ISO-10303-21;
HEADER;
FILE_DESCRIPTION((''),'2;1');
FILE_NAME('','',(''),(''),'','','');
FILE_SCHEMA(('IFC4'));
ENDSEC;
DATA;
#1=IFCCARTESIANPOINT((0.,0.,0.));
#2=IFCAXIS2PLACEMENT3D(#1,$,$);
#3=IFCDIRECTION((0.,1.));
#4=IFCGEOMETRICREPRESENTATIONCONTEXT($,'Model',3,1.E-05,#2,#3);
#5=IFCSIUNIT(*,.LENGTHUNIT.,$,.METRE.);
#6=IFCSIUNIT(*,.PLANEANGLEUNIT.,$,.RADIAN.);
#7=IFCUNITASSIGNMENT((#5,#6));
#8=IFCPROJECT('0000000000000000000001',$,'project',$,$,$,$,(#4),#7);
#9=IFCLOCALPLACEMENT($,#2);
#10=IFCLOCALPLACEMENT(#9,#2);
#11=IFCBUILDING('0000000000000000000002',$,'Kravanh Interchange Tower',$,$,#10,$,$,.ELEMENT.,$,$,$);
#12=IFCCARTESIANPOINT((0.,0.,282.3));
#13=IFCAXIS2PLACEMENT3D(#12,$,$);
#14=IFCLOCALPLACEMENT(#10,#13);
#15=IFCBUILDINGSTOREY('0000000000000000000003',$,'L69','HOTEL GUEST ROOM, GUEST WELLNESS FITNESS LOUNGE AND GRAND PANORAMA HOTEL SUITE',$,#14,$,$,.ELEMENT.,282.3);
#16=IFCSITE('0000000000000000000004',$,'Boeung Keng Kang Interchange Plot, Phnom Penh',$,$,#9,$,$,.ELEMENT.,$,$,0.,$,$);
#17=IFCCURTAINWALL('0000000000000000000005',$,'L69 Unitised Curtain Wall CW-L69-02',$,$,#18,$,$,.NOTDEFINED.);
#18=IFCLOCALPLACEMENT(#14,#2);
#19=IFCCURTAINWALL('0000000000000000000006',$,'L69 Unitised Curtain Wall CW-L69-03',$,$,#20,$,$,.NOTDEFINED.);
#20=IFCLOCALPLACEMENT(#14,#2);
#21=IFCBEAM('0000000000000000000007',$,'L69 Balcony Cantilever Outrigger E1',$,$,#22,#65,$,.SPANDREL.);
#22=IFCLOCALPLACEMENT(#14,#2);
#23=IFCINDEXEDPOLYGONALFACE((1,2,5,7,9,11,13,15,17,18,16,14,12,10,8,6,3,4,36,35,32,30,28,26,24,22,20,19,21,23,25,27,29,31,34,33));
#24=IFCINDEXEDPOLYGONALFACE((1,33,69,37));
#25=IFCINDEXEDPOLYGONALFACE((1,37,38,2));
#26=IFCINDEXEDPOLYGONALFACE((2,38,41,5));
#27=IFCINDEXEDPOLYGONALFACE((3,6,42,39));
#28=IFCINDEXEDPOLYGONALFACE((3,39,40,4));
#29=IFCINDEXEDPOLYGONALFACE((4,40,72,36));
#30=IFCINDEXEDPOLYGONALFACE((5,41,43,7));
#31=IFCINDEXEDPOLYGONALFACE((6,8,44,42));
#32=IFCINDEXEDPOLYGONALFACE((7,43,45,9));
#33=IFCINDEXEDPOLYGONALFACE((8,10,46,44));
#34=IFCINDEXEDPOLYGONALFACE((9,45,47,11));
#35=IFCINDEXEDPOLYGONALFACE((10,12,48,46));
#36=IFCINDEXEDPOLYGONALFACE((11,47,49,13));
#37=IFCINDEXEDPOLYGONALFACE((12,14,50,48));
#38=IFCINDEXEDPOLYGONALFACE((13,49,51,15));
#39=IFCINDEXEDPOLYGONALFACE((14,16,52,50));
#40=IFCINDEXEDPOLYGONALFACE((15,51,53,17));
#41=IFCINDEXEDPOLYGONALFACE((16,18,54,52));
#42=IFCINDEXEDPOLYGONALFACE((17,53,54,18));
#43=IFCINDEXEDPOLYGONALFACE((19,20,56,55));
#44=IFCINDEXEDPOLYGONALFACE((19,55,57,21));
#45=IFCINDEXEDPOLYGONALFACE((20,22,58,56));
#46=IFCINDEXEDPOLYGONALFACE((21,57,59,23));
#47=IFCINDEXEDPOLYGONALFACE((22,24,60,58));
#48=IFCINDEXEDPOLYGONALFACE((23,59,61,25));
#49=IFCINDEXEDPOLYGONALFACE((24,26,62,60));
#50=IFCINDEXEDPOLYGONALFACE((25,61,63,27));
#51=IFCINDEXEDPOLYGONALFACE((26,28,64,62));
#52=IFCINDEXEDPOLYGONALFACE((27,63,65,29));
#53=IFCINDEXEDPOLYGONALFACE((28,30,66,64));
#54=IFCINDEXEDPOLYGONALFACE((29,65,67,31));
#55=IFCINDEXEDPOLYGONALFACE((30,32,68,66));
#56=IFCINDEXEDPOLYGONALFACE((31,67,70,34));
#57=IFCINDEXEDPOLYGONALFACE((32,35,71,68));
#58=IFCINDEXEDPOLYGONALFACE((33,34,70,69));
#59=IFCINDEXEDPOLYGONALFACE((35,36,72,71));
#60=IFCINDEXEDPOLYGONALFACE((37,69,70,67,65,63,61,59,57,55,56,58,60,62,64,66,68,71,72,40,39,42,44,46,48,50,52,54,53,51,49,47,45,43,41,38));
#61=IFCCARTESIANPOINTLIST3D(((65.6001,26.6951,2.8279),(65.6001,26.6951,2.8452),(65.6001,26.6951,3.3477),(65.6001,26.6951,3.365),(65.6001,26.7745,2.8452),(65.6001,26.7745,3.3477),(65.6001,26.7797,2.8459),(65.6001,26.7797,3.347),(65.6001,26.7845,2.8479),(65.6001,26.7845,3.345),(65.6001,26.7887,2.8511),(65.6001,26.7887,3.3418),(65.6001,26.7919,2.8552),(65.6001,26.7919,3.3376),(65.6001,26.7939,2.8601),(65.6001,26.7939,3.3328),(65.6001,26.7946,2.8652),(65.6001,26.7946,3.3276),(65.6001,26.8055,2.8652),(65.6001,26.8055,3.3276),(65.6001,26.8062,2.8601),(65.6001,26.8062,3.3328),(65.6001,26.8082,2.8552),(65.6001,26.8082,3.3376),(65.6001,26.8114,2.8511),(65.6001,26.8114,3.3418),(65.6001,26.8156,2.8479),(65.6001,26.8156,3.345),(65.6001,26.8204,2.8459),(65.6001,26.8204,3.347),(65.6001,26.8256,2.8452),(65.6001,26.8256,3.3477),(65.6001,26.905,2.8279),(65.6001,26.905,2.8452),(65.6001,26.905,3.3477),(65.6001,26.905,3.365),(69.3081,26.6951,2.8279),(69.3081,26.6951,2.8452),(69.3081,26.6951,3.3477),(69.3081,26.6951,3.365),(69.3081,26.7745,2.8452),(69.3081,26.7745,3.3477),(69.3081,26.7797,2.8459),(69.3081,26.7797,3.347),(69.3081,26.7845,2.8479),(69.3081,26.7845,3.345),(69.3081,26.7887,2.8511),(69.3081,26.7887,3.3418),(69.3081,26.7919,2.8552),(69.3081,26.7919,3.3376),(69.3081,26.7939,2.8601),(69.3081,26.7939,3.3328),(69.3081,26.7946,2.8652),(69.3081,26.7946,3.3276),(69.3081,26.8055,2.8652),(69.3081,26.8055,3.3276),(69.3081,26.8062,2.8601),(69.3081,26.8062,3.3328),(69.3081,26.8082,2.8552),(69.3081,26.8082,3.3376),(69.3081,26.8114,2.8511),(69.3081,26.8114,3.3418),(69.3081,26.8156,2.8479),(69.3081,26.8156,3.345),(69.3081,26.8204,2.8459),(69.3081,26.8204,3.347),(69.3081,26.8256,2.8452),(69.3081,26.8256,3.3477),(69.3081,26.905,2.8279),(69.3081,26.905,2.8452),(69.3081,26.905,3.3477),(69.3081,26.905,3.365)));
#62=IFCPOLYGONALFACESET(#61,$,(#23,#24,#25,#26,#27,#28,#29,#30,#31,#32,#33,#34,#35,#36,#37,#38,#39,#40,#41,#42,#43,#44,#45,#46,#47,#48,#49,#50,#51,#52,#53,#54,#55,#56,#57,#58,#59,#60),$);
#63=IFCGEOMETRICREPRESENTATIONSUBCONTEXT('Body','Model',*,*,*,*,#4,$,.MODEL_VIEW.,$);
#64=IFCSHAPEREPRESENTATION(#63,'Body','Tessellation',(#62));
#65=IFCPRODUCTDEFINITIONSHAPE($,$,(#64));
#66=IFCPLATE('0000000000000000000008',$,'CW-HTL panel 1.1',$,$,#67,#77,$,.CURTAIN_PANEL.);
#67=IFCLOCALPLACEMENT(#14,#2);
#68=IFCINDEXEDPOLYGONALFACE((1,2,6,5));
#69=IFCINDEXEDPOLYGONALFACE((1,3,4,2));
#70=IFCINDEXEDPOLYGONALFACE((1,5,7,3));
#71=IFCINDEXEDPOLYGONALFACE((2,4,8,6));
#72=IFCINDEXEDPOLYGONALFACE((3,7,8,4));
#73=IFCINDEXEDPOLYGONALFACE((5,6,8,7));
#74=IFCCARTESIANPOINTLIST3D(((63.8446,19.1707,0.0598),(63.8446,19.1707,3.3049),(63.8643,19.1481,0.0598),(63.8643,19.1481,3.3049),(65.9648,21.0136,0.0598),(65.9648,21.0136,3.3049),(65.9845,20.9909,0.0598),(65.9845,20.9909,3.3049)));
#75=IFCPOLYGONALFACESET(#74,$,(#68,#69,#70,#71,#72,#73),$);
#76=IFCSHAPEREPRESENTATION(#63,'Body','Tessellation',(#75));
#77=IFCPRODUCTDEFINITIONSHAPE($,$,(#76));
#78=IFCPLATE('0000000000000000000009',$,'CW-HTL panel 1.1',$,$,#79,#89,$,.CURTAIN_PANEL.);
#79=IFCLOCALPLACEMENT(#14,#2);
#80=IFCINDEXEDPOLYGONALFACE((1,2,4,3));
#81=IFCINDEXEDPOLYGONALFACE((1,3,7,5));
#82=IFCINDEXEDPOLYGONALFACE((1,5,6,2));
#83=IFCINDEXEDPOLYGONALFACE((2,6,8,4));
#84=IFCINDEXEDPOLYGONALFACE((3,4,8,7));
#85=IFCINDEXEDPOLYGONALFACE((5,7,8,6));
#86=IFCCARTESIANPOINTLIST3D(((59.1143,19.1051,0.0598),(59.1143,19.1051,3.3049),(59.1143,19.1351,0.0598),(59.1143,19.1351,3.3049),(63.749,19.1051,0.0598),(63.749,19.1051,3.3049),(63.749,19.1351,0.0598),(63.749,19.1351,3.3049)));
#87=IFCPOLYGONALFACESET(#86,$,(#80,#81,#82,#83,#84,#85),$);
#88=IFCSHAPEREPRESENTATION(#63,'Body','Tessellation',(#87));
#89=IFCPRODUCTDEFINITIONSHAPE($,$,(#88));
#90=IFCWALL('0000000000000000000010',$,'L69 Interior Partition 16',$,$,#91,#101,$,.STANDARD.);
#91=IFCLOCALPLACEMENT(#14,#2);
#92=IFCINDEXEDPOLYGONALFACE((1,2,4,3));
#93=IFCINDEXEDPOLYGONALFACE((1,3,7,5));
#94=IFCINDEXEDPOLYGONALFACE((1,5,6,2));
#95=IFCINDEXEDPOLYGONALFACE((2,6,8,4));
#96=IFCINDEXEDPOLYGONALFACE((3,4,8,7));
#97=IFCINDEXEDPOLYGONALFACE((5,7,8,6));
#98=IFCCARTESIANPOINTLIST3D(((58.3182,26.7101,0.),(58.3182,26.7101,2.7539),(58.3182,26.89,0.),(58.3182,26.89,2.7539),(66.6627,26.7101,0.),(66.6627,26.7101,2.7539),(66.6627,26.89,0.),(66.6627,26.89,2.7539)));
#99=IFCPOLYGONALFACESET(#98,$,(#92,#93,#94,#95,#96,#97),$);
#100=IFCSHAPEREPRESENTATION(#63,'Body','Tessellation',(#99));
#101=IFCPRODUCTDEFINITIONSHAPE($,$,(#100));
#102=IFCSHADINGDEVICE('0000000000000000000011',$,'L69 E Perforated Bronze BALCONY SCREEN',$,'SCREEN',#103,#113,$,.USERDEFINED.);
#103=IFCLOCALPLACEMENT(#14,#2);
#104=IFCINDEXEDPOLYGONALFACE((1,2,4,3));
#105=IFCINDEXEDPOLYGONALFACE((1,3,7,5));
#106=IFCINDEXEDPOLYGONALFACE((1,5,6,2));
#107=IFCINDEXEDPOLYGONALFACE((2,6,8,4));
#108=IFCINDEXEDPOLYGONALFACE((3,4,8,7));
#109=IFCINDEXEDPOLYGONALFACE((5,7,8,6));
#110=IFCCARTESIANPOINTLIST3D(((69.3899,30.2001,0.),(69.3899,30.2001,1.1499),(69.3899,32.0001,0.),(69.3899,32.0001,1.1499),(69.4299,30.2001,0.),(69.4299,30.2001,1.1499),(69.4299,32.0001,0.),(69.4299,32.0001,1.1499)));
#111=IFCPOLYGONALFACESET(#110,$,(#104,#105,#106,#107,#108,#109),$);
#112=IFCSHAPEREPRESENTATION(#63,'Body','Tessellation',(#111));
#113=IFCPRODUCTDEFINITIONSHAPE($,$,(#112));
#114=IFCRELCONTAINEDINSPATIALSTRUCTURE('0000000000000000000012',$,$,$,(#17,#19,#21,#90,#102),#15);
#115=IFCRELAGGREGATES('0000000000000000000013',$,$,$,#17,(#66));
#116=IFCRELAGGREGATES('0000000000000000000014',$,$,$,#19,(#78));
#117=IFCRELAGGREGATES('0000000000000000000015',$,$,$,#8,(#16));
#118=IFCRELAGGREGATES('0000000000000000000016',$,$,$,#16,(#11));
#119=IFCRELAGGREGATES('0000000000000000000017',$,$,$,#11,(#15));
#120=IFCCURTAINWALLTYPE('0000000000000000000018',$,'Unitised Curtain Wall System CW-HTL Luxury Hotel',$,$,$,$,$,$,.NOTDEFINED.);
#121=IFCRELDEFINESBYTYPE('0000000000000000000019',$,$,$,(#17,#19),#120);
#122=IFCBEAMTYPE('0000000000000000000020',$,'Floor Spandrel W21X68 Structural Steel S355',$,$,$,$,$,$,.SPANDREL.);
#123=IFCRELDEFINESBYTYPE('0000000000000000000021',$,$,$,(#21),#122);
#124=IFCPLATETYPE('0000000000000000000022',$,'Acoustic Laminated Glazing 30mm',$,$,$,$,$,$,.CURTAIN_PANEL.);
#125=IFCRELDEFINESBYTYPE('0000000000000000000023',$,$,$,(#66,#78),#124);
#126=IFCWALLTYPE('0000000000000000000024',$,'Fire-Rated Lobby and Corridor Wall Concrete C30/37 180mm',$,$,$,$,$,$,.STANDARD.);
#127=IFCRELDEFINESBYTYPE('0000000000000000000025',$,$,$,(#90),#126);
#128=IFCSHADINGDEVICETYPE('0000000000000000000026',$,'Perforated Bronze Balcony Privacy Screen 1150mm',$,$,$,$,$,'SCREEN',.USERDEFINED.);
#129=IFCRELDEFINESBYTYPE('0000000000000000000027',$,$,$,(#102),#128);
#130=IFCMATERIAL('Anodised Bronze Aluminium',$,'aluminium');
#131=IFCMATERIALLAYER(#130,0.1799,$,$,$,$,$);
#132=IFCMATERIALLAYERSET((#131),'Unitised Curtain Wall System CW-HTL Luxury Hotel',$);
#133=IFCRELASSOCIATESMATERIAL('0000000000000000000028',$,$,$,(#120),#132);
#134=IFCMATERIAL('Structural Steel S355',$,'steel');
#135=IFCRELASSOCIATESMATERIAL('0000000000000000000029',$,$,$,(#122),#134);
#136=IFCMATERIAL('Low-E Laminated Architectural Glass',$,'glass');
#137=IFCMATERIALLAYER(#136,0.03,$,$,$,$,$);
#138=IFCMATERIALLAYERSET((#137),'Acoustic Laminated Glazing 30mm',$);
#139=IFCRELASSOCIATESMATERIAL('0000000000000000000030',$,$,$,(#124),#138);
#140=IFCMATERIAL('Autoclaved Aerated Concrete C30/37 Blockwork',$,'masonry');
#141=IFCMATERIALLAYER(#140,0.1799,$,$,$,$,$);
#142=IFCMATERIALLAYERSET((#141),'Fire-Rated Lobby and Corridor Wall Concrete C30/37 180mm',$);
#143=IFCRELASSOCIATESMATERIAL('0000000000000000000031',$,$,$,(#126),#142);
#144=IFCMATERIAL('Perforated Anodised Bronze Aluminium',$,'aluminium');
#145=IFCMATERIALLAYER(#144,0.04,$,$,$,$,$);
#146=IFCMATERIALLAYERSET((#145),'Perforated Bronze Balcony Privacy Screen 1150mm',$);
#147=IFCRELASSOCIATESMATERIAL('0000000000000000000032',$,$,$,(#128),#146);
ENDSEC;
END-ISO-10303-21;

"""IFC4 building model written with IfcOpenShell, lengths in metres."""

from ifc_helpers import new_model, si_unit, direction, frame, frame_2d, origin, origin_2d, place, context, subcontext, project, spatial, rectangle, i_section, extrude, material, layer, layer_set, material_profile, profile_set, type_object, element, aggregate, save


model = new_model("IFC4")

# Units and contexts
model_context = context("Model", 3, precision=1e-05, world=origin(), true_north=direction((0.0, 1.0)))
body_context = subcontext(model_context, "Body", "Model", "MODEL_VIEW")
ifc_project = project(units=[si_unit("LENGTHUNIT", "METRE"), si_unit("PLANEANGLEUNIT", "RADIAN")], contexts=[model_context])

# Site, building, storey
site_placement = place(None, origin())
site = spatial("IfcSite", under=ifc_project, at=site_placement, Name="Boeung Keng Kang Interchange Plot, Phnom Penh", CompositionType="ELEMENT", RefElevation=0.0)
building_placement = place(site_placement, origin())
building = spatial("IfcBuilding", under=site, at=building_placement, Name="Kravanh Interchange Tower", CompositionType="ELEMENT")
storey_placement = place(building_placement, frame((0.0, 0.0, 282.3)))
storey = spatial("IfcBuildingStorey", under=building, at=storey_placement, Name="L69", Description="HOTEL GUEST ROOM, GUEST WELLNESS FITNESS LOUNGE AND GRAND PANORAMA HOTEL SUITE", CompositionType="ELEMENT", Elevation=282.3)

# Curtain walls
ifc_material_1 = material(Name="Anodised Bronze Aluminium", Category="aluminium")
ifc_layer_1 = layer(ifc_material_1, 0.1799)
ifc_layer_set_1 = layer_set([ifc_layer_1], Name="Unitised Curtain Wall System CW-HTL Luxury Hotel")
curtain_wall_type = type_object("IfcCurtainWallType", Name="Unitised Curtain Wall System CW-HTL Luxury Hotel", PredefinedType="NOTDEFINED", material=ifc_layer_set_1)
curtain_wall_1_placement = place(storey_placement, origin())
curtain_wall_1 = element("IfcCurtainWall", 1, at=curtain_wall_1_placement, inside=storey, type_object=curtain_wall_type, Name="L69 Unitised Curtain Wall CW-L69-02", PredefinedType="NOTDEFINED")
curtain_wall_2_placement = place(storey_placement, origin())
curtain_wall_2 = element("IfcCurtainWall", 2, at=curtain_wall_2_placement, inside=storey, type_object=curtain_wall_type, Name="L69 Unitised Curtain Wall CW-L69-03", PredefinedType="NOTDEFINED")

# Beam
ifc_material_2 = material(Name="Structural Steel S355", Category="steel")
ifc_material_profile_1 = material_profile(ifc_material_2, i_section(OverallWidth=0.21, OverallDepth=0.5371, WebThickness=0.011, FlangeThickness=0.0173, FilletRadius=0.02, at=origin_2d()), Name="W21X68")
ifc_profile_set_1 = profile_set([ifc_material_profile_1], Name="Structural Steel S355")
beam_type_1 = type_object("IfcBeamType", Name="Floor Spandrel W21X68 Structural Steel S355", PredefinedType="SPANDREL", material=ifc_profile_set_1)
beam_1_placement = place(storey_placement, frame((65.6001, 26.8, 3.0964), z_axis=(1.0, 0.0, 0.0), x_axis=(0.0, 1.0, 0.0)))
element("IfcBeam", 3, at=beam_1_placement, inside=storey, type_object=beam_type_1, Name="L69 Balcony Cantilever Outrigger E1", PredefinedType="SPANDREL", context=body_context, shape_type="SweptSolid", body=[
    extrude(i_section(OverallWidth=0.21, OverallDepth=0.5371, WebThickness=0.011, FlangeThickness=0.0173, FilletRadius=0.02, at=origin_2d()), origin(), (0.0, 0.0, 1.0), 3.708),
])

# Plates
ifc_material_3 = material(Name="Low-E Laminated Architectural Glass", Category="glass")
ifc_layer_2 = layer(ifc_material_3, 0.03)
ifc_layer_set_2 = layer_set([ifc_layer_2], Name="Acoustic Laminated Glazing 30mm")
plate_type = type_object("IfcPlateType", Name="Acoustic Laminated Glazing 30mm", PredefinedType="CURTAIN_PANEL", material=ifc_layer_set_2)
plate_1_placement = place(storey_placement, frame((64.9146, 20.0808, 0.0598), z_axis=(0.0, 0.0, 1.0), x_axis=(-0.754732, -0.656033, 0.0)))
plate_1 = element("IfcPlate", 4, at=plate_1_placement, type_object=plate_type, Name="CW-HTL panel 1.1", PredefinedType="CURTAIN_PANEL", context=body_context, shape_type="SweptSolid", body=[
    extrude(rectangle(XDim=2.8091, YDim=0.03, at=origin_2d()), origin(), (0.0, 0.0, 1.0), 3.2451),
])
aggregate(curtain_wall_1, [plate_1])
plate_2_placement = place(storey_placement, frame((61.4316, 19.1201, 0.0598), z_axis=(0.0, 0.0, 1.0), x_axis=(-1.0, 0.0, 0.0)))
plate_2 = element("IfcPlate", 5, at=plate_2_placement, type_object=plate_type, Name="CW-HTL panel 1.1", PredefinedType="CURTAIN_PANEL", context=body_context, shape_type="SweptSolid", body=[
    extrude(rectangle(XDim=4.6348, YDim=0.03, at=origin_2d()), origin(), (0.0, 0.0, 1.0), 3.2451),
])
aggregate(curtain_wall_2, [plate_2])

# Wall
ifc_material_4 = material(Name="Autoclaved Aerated Concrete C30/37 Blockwork", Category="masonry")
ifc_layer_3 = layer(ifc_material_4, 0.1799)
ifc_layer_set_3 = layer_set([ifc_layer_3], Name="Fire-Rated Lobby and Corridor Wall Concrete C30/37 180mm")
wall_type = type_object("IfcWallType", Name="Fire-Rated Lobby and Corridor Wall Concrete C30/37 180mm", PredefinedType="STANDARD", material=ifc_layer_set_3)
wall_placement = place(storey_placement, frame((58.3181, 26.8, 0.0), z_axis=(0.0, 0.0, 1.0), x_axis=(1.0, 0.0, 0.0)))
element("IfcWall", 6, at=wall_placement, inside=storey, type_object=wall_type, Name="L69 Interior Partition 16", PredefinedType="STANDARD", context=body_context, shape_type="SweptSolid", body=[
    extrude(rectangle(XDim=8.3445, YDim=0.1799, at=frame_2d((4.1724, 0.0))), origin(), (0.0, 0.0, 1.0), 2.7539),
])

# Shading device
ifc_material_5 = material(Name="Perforated Anodised Bronze Aluminium", Category="aluminium")
ifc_layer_4 = layer(ifc_material_5, 0.04)
ifc_layer_set_4 = layer_set([ifc_layer_4], Name="Perforated Bronze Balcony Privacy Screen 1150mm")
shading_device_type_1 = type_object("IfcShadingDeviceType", Name="Perforated Bronze Balcony Privacy Screen 1150mm", ElementType="SCREEN", PredefinedType="USERDEFINED", material=ifc_layer_set_4)
shading_device_1_placement = place(storey_placement, frame((69.4099, 31.1001, 0.0), z_axis=(0.0, 0.0, 1.0), x_axis=(1.0, 0.0, 0.0)))
element("IfcShadingDevice", 7, at=shading_device_1_placement, inside=storey, type_object=shading_device_type_1, Name="L69 E Perforated Bronze BALCONY SCREEN", ObjectType="SCREEN", PredefinedType="USERDEFINED", context=body_context, shape_type="SweptSolid", body=[
    extrude(rectangle(XDim=0.04, YDim=1.8, at=origin_2d()), origin(), (0.0, 0.0, 1.0), 1.1499),
])

save(model, "model.ifc")
